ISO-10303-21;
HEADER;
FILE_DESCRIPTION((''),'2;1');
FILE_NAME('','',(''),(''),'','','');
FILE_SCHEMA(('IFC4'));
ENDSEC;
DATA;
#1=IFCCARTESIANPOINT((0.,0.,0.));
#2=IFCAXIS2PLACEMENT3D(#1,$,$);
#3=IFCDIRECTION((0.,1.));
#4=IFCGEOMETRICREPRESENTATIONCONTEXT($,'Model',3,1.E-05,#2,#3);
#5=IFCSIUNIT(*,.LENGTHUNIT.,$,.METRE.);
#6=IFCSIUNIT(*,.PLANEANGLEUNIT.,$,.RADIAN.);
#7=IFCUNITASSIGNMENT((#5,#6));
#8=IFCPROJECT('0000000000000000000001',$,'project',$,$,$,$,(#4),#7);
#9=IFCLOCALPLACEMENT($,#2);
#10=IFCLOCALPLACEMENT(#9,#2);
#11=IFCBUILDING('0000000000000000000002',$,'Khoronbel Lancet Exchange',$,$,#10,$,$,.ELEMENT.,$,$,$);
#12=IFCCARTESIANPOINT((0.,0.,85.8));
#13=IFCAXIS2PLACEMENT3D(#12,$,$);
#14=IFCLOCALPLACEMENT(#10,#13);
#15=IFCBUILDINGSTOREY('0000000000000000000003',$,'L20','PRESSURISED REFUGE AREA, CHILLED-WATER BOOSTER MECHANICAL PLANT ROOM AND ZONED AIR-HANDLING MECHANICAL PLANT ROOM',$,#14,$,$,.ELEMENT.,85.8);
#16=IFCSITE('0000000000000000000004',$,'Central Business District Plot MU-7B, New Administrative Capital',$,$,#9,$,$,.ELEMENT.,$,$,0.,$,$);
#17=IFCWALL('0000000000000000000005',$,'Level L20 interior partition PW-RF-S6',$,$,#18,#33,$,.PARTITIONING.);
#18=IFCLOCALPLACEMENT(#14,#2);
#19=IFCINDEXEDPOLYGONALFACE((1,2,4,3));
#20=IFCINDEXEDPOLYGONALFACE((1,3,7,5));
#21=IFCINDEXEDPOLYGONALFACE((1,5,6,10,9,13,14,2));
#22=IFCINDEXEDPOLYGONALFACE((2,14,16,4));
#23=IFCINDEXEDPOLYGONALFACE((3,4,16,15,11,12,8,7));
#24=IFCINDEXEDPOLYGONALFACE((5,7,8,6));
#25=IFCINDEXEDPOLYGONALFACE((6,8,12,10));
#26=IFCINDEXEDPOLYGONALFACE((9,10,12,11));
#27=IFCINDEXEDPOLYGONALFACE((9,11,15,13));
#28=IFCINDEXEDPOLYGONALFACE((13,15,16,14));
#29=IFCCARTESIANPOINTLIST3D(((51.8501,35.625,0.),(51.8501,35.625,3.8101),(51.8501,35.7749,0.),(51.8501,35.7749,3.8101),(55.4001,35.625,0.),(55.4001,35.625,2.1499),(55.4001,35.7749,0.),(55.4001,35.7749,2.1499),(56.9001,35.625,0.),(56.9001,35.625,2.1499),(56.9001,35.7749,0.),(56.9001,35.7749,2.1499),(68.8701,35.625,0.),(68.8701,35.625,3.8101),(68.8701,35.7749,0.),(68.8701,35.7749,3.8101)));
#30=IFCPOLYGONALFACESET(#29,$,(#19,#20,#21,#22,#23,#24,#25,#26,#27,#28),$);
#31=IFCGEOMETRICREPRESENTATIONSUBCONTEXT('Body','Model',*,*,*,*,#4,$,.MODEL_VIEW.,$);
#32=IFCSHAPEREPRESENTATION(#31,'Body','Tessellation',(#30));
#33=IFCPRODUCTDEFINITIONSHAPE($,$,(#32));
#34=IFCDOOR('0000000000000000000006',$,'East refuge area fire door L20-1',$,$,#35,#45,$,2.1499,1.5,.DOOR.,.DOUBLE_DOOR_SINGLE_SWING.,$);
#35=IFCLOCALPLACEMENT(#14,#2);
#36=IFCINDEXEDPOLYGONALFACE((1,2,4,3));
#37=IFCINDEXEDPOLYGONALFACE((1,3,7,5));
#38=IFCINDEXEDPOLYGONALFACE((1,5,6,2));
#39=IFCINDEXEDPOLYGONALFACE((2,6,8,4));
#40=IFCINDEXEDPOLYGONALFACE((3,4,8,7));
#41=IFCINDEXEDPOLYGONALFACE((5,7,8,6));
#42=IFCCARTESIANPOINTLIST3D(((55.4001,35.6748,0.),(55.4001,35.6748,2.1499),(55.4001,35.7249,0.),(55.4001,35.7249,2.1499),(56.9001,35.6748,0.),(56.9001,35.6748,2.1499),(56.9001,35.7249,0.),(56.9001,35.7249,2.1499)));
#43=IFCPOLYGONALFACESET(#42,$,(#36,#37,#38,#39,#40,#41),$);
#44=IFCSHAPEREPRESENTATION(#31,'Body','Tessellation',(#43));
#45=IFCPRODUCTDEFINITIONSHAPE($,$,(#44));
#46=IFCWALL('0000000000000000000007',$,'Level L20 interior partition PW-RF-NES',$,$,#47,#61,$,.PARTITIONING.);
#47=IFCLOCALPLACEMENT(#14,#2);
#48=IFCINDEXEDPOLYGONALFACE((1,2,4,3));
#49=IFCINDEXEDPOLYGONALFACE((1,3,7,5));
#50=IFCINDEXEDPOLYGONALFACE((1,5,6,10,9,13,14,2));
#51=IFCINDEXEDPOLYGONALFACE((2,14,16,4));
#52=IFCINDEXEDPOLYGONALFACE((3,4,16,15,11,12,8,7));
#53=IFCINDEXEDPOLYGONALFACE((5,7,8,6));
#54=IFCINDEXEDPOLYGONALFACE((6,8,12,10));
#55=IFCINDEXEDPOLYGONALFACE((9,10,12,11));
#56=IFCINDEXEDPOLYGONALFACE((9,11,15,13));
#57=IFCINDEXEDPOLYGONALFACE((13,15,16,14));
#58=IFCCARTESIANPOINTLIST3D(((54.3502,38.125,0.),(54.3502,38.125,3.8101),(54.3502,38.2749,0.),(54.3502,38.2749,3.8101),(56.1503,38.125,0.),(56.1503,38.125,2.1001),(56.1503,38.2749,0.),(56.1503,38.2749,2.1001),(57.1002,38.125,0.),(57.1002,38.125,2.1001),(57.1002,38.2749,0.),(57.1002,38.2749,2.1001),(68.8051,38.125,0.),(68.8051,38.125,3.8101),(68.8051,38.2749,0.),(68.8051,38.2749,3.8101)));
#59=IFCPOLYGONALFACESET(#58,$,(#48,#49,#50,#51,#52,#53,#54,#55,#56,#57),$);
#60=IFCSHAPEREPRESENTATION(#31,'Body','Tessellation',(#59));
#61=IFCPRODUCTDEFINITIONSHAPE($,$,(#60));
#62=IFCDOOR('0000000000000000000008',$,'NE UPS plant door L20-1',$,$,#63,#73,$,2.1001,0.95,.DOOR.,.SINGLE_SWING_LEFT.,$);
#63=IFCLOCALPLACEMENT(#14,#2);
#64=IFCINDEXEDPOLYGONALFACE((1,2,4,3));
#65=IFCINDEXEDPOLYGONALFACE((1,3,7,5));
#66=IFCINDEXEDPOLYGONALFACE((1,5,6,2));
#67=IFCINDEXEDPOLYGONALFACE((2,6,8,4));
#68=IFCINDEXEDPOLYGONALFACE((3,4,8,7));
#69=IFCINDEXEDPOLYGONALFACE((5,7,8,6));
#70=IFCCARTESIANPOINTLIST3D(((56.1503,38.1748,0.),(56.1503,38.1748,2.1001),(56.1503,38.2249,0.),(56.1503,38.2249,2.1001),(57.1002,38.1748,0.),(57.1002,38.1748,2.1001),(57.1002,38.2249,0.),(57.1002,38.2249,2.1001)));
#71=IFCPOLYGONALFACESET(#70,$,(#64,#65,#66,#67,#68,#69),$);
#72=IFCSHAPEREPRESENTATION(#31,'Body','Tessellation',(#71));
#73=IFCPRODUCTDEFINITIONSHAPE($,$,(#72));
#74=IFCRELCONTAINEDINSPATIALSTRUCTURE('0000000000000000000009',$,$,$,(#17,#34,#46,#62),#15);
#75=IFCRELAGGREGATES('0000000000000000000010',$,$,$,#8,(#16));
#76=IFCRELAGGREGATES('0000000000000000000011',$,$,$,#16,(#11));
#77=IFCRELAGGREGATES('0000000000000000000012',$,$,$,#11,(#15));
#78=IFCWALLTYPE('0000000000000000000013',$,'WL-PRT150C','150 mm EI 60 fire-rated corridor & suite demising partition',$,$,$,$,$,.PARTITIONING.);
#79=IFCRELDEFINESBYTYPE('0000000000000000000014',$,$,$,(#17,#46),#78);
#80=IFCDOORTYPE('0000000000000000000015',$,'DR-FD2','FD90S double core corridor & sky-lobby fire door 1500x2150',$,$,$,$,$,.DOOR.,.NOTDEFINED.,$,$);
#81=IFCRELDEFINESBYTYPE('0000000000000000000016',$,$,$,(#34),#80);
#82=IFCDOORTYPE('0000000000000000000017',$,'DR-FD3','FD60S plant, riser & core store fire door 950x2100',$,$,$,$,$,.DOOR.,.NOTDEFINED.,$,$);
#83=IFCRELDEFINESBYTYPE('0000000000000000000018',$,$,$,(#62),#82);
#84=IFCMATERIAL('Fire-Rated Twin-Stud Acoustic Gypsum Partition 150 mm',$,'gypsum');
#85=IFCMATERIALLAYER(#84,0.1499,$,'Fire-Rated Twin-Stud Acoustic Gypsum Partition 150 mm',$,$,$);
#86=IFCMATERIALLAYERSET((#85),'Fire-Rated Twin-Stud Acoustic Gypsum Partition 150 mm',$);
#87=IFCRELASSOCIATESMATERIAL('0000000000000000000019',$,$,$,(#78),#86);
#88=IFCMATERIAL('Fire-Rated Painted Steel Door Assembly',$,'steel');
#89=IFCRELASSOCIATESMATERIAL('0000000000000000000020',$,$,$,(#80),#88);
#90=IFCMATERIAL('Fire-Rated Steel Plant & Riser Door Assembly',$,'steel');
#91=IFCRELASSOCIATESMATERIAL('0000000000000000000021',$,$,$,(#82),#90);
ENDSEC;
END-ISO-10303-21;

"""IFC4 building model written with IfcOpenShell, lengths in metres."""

from ifc_helpers import new_model, si_unit, direction, frame, frame_2d, origin, place, context, subcontext, project, spatial, rectangle, extrude, material, layer, layer_set, type_object, element, fill, save


model = new_model("IFC4")

# Units and contexts
model_context = context("Model", 3, precision=1e-05, world=origin(), true_north=direction((0.0, 1.0)))
body_context = subcontext(model_context, "Body", "Model", "MODEL_VIEW")
ifc_project = project(units=[si_unit("LENGTHUNIT", "METRE"), si_unit("PLANEANGLEUNIT", "RADIAN")], contexts=[model_context])

# Site, building, storey
site_placement = place(None, origin())
site = spatial("IfcSite", under=ifc_project, at=site_placement, Name="Central Business District Plot MU-7B, New Administrative Capital", CompositionType="ELEMENT", RefElevation=0.0)
building_placement = place(site_placement, origin())
building = spatial("IfcBuilding", under=site, at=building_placement, Name="Khoronbel Lancet Exchange", CompositionType="ELEMENT")
storey_placement = place(building_placement, frame((0.0, 0.0, 85.8)))
storey = spatial("IfcBuildingStorey", under=building, at=storey_placement, Name="L20", Description="PRESSURISED REFUGE AREA, CHILLED-WATER BOOSTER MECHANICAL PLANT ROOM AND ZONED AIR-HANDLING MECHANICAL PLANT ROOM", CompositionType="ELEMENT", Elevation=85.8)

# Walls, openings, doors
ifc_material_1 = material(Name="Fire-Rated Twin-Stud Acoustic Gypsum Partition 150 mm", Category="gypsum")
ifc_layer_1 = layer(ifc_material_1, 0.1499, Name="Fire-Rated Twin-Stud Acoustic Gypsum Partition 150 mm")
ifc_layer_set_1 = layer_set([ifc_layer_1], Name="Fire-Rated Twin-Stud Acoustic Gypsum Partition 150 mm")
wall_type_1 = type_object("IfcWallType", Name="WL-PRT150C", Description="150 mm EI 60 fire-rated corridor & suite demising partition", PredefinedType="PARTITIONING", material=ifc_layer_set_1)
wall_1_placement = place(storey_placement, frame((51.8501, 35.7, 0.0), z_axis=(0.0, 0.0, 1.0), x_axis=(1.0, 0.0, 0.0)))
wall_1 = element("IfcWall", 1, at=wall_1_placement, inside=storey, type_object=wall_type_1, Name="Level L20 interior partition PW-RF-S6", PredefinedType="PARTITIONING", context=body_context, shape_type="SweptSolid", body=[
    extrude(rectangle(XDim=17.02, YDim=0.1499, at=frame_2d((8.51, 0.0))), origin(), (0.0, 0.0, 1.0), 3.8101),
])
opening_1_placement = place(wall_1_placement, frame((3.55, 0.0, 0.0)))
opening_1 = element("IfcOpeningElement", 2, at=opening_1_placement, cuts=wall_1, PredefinedType="OPENING", context=body_context, shape_type="SweptSolid", body=[
    extrude(rectangle(XDim=1.5, YDim=2.1499, at=frame_2d((0.75, 1.075))), frame((0.0, 0.085, 0.0), z_axis=(0.0, -1.0, 0.0), x_axis=(1.0, 0.0, 0.0)), (0.0, 0.0, 1.0), 0.1699),
])
ifc_material_2 = material(Name="Fire-Rated Painted Steel Door Assembly", Category="steel")
door_type_1 = type_object("IfcDoorType", Name="DR-FD2", Description="FD90S double core corridor & sky-lobby fire door 1500x2150", OperationType="NOTDEFINED", PredefinedType="DOOR", material=ifc_material_2)
door_1_placement = place(opening_1_placement, origin())
door_1 = element("IfcDoor", 3, at=door_1_placement, inside=storey, type_object=door_type_1, Name="East refuge area fire door L20-1", OperationType="DOUBLE_DOOR_SINGLE_SWING", OverallHeight=2.1499, OverallWidth=1.5, PredefinedType="DOOR", context=body_context, shape_type="SweptSolid", body=[
    extrude(rectangle(XDim=1.5, YDim=2.1499, at=frame_2d((0.75, 1.075))), frame((0.0, 0.0249, 0.0), z_axis=(0.0, -1.0, 0.0), x_axis=(1.0, 0.0, 0.0)), (0.0, 0.0, 1.0), 0.05),
])
fill(opening_1, door_1)
wall_2_placement = place(storey_placement, frame((54.3501, 38.2, 0.0), z_axis=(0.0, 0.0, 1.0), x_axis=(1.0, 0.0, 0.0)))
wall_2 = element("IfcWall", 4, at=wall_2_placement, inside=storey, type_object=wall_type_1, Name="Level L20 interior partition PW-RF-NES", PredefinedType="PARTITIONING", context=body_context, shape_type="SweptSolid", body=[
    extrude(rectangle(XDim=14.4548, YDim=0.1499, at=frame_2d((7.2275, 0.0))), origin(), (0.0, 0.0, 1.0), 3.8101),
])
opening_2_placement = place(wall_2_placement, frame((1.8, 0.0, 0.0)))
opening_2 = element("IfcOpeningElement", 5, at=opening_2_placement, cuts=wall_2, PredefinedType="OPENING", context=body_context, shape_type="SweptSolid", body=[
    extrude(rectangle(XDim=0.95, YDim=2.1001, at=frame_2d((0.4751, 1.05))), frame((0.0, 0.085, 0.0), z_axis=(0.0, -1.0, 0.0), x_axis=(1.0, 0.0, 0.0)), (0.0, 0.0, 1.0), 0.1699),
])
ifc_material_3 = material(Name="Fire-Rated Steel Plant & Riser Door Assembly", Category="steel")
door_type_2 = type_object("IfcDoorType", Name="DR-FD3", Description="FD60S plant, riser & core store fire door 950x2100", OperationType="NOTDEFINED", PredefinedType="DOOR", material=ifc_material_3)
door_2_placement = place(opening_2_placement, origin())
door_2 = element("IfcDoor", 6, at=door_2_placement, inside=storey, type_object=door_type_2, Name="NE UPS plant door L20-1", OperationType="SINGLE_SWING_LEFT", OverallHeight=2.1001, OverallWidth=0.95, PredefinedType="DOOR", context=body_context, shape_type="SweptSolid", body=[
    extrude(rectangle(XDim=0.95, YDim=2.1001, at=frame_2d((0.4751, 1.05))), frame((0.0, 0.0249, 0.0), z_axis=(0.0, -1.0, 0.0), x_axis=(1.0, 0.0, 0.0)), (0.0, 0.0, 1.0), 0.05),
])
fill(opening_2, door_2)

save(model, "model.ifc")
